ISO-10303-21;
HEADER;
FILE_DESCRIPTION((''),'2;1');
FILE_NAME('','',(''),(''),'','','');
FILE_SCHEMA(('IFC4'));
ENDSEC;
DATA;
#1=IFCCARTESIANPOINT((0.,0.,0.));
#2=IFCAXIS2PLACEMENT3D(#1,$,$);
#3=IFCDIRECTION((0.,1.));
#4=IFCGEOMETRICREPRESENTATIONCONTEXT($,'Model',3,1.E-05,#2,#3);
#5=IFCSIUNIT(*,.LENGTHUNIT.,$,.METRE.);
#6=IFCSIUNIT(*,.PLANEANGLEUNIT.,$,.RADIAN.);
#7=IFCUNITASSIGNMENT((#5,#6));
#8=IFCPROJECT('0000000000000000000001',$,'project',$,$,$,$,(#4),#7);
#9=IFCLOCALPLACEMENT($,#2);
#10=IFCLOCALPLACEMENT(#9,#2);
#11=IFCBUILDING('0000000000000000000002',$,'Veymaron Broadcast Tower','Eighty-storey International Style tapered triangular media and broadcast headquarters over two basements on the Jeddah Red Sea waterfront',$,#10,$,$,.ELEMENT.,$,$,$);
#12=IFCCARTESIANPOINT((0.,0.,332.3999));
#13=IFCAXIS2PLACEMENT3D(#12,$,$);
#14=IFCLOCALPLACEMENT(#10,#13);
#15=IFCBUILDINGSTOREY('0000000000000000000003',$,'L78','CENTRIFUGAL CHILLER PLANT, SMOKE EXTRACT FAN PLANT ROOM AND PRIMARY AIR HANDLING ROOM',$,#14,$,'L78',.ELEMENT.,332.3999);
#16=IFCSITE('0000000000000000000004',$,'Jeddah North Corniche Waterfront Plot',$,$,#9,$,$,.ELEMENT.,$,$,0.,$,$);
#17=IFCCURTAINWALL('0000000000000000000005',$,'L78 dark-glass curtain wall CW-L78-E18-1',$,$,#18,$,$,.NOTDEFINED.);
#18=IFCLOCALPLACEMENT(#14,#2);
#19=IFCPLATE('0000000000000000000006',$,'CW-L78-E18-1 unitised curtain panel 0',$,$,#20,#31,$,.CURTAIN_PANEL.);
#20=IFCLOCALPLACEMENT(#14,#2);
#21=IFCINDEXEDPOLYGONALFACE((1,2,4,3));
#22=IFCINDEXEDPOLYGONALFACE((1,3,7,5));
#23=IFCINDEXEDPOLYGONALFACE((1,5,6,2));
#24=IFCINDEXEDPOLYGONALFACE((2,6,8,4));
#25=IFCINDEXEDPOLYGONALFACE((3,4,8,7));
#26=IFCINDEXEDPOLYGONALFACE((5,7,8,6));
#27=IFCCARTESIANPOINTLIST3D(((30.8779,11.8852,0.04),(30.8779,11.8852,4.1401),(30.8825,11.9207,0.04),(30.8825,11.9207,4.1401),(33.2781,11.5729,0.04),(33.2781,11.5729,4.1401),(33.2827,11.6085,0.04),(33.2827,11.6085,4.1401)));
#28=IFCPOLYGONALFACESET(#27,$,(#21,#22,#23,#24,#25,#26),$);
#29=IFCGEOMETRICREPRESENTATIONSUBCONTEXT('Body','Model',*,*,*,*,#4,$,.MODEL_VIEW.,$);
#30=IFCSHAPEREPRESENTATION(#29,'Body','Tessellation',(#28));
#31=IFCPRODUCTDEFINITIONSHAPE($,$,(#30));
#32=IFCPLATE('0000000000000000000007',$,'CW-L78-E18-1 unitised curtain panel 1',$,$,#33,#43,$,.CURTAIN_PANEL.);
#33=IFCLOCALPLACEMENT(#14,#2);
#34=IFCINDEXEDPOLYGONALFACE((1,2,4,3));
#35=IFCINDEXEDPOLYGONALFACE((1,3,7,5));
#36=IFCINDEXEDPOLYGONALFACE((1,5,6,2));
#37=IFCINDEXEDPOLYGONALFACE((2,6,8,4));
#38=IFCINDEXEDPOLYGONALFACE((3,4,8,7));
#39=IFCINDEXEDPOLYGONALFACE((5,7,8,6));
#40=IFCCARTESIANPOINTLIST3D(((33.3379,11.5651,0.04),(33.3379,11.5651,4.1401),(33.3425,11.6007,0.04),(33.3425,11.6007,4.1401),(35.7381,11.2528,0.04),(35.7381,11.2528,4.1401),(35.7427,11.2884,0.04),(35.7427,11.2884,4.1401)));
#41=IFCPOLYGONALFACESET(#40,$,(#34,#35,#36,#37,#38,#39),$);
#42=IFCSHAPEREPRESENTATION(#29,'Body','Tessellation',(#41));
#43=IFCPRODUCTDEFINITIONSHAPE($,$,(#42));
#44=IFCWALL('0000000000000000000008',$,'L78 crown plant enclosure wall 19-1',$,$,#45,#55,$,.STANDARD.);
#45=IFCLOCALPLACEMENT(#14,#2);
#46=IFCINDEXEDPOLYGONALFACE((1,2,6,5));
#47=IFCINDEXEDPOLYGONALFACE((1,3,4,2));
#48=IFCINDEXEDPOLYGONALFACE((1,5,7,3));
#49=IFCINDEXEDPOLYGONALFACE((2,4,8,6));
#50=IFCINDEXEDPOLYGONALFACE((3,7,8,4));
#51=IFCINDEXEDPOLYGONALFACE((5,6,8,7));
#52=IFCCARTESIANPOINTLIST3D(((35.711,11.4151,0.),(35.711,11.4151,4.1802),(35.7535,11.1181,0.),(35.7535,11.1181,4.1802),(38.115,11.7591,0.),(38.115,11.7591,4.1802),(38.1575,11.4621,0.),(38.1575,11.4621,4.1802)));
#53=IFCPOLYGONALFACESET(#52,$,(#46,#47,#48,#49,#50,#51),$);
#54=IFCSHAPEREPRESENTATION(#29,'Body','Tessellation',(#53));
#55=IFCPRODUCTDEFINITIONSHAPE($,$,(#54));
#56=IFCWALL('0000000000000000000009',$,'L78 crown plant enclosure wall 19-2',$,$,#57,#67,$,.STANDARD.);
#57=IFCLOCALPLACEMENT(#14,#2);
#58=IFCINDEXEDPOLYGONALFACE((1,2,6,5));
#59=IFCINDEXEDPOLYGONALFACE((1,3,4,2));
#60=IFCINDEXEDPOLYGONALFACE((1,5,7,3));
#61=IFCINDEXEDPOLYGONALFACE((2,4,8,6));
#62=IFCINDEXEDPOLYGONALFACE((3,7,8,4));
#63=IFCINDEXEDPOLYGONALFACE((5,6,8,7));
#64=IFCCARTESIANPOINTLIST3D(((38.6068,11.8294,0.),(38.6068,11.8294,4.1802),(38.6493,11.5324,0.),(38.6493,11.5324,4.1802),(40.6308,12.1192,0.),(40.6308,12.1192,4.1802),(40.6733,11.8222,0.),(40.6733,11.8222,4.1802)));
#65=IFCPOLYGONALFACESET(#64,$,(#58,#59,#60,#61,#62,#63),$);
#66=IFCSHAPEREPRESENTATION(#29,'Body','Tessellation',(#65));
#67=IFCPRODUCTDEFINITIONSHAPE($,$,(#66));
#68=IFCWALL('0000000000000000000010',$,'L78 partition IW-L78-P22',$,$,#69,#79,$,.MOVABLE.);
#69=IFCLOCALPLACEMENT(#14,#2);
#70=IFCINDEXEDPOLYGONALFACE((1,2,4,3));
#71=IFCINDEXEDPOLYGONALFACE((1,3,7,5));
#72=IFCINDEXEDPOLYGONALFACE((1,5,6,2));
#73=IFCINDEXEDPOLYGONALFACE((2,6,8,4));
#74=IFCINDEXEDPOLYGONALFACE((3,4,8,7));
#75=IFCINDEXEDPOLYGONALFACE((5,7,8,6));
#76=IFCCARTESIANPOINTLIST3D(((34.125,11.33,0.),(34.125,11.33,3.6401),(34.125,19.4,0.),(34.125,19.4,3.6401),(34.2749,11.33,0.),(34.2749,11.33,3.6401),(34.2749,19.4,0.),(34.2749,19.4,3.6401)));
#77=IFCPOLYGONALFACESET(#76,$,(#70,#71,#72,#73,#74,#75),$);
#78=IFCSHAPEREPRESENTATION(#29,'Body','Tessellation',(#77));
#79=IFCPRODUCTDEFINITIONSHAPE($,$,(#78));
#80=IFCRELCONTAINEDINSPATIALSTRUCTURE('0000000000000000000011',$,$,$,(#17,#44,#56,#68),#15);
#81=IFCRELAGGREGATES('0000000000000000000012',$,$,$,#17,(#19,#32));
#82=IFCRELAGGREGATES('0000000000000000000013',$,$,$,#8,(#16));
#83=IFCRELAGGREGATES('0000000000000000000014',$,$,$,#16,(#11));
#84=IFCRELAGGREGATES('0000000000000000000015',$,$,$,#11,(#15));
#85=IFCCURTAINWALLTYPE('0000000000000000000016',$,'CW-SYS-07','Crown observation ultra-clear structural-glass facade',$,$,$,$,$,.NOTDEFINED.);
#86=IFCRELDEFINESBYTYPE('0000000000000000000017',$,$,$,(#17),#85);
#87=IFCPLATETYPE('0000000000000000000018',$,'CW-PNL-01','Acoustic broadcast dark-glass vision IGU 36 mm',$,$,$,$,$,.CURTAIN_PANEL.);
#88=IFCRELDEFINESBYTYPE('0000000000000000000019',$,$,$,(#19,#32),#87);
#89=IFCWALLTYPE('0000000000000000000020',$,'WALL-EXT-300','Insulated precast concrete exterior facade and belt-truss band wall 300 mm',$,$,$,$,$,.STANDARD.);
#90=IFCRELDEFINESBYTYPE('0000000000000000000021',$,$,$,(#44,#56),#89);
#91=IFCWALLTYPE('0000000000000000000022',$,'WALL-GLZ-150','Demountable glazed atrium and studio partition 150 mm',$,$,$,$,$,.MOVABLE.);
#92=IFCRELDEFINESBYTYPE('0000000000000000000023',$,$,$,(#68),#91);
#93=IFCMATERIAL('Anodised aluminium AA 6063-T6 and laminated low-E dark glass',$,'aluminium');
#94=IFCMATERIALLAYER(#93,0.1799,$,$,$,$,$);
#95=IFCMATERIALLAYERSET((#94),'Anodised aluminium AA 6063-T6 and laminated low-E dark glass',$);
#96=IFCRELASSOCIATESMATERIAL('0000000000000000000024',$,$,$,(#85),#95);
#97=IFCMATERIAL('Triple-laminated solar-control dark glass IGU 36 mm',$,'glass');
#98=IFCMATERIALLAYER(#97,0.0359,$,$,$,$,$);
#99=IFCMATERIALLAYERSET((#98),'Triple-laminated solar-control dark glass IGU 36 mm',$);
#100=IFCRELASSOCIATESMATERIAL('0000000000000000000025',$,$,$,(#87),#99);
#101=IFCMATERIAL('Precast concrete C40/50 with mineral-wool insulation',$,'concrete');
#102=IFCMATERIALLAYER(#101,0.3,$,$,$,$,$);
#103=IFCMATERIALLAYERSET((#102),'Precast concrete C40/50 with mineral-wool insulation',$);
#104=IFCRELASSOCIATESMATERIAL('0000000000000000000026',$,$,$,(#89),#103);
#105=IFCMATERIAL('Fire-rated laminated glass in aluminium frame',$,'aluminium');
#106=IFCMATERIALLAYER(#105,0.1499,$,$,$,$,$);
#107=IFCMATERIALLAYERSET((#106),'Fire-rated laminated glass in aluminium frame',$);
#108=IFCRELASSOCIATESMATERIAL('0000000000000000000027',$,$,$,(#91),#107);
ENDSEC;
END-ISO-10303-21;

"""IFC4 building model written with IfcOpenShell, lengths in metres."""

from ifc_helpers import new_model, si_unit, direction, frame, frame_2d, origin, origin_2d, place, context, subcontext, project, spatial, rectangle, extrude, material, layer, layer_set, type_object, element, aggregate, save


model = new_model("IFC4")

# Units and contexts
model_context = context("Model", 3, precision=1e-05, world=origin(), true_north=direction((0.0, 1.0)))
body_context = subcontext(model_context, "Body", "Model", "MODEL_VIEW")
ifc_project = project(units=[si_unit("LENGTHUNIT", "METRE"), si_unit("PLANEANGLEUNIT", "RADIAN")], contexts=[model_context])

# Site, building, storey
site_placement = place(None, origin())
site = spatial("IfcSite", under=ifc_project, at=site_placement, Name="Jeddah North Corniche Waterfront Plot", CompositionType="ELEMENT", RefElevation=0.0)
building_placement = place(site_placement, origin())
building = spatial("IfcBuilding", under=site, at=building_placement, Name="Veymaron Broadcast Tower", Description="Eighty-storey International Style tapered triangular media and broadcast headquarters over two basements on the Jeddah Red Sea waterfront", CompositionType="ELEMENT")
storey_placement = place(building_placement, frame((0.0, 0.0, 332.3999)))
storey = spatial("IfcBuildingStorey", under=building, at=storey_placement, Name="L78", Description="CENTRIFUGAL CHILLER PLANT, SMOKE EXTRACT FAN PLANT ROOM AND PRIMARY AIR HANDLING ROOM", LongName="L78", CompositionType="ELEMENT", Elevation=332.3999)

# Curtain wall
ifc_material_1 = material(Name="Anodised aluminium AA 6063-T6 and laminated low-E dark glass", Category="aluminium")
ifc_layer_1 = layer(ifc_material_1, 0.1799)
ifc_layer_set_1 = layer_set([ifc_layer_1], Name="Anodised aluminium AA 6063-T6 and laminated low-E dark glass")
curtain_wall_type = type_object("IfcCurtainWallType", Name="CW-SYS-07", Description="Crown observation ultra-clear structural-glass facade", PredefinedType="NOTDEFINED", material=ifc_layer_set_1)
curtain_wall_1_placement = place(storey_placement, origin())
curtain_wall_1 = element("IfcCurtainWall", 1, at=curtain_wall_1_placement, inside=storey, type_object=curtain_wall_type, Name="L78 dark-glass curtain wall CW-L78-E18-1", PredefinedType="NOTDEFINED")

# Plates
ifc_material_2 = material(Name="Triple-laminated solar-control dark glass IGU 36 mm", Category="glass")
ifc_layer_2 = layer(ifc_material_2, 0.0359)
ifc_layer_set_2 = layer_set([ifc_layer_2], Name="Triple-laminated solar-control dark glass IGU 36 mm")
plate_type = type_object("IfcPlateType", Name="CW-PNL-01", Description="Acoustic broadcast dark-glass vision IGU 36 mm", PredefinedType="CURTAIN_PANEL", material=ifc_layer_set_2)
plate_1_placement = place(storey_placement, frame((32.0803, 11.7468, 0.04), z_axis=(0.0, 0.0, 1.0), x_axis=(0.991644, -0.129003, 0.0)))
plate_1 = element("IfcPlate", 2, at=plate_1_placement, type_object=plate_type, Name="CW-L78-E18-1 unitised curtain panel 0", PredefinedType="CURTAIN_PANEL", context=body_context, shape_type="SweptSolid", body=[
    extrude(rectangle(XDim=2.4204, YDim=0.0359, at=origin_2d()), origin(), (0.0, 0.0, 1.0), 4.1001),
])
plate_2_placement = place(storey_placement, frame((34.5403, 11.4268, 0.04), z_axis=(0.0, 0.0, 1.0), x_axis=(0.991644, -0.129003, 0.0)))
plate_2 = element("IfcPlate", 3, at=plate_2_placement, type_object=plate_type, Name="CW-L78-E18-1 unitised curtain panel 1", PredefinedType="CURTAIN_PANEL", context=body_context, shape_type="SweptSolid", body=[
    extrude(rectangle(XDim=2.4204, YDim=0.0359, at=origin_2d()), origin(), (0.0, 0.0, 1.0), 4.1001),
])
aggregate(curtain_wall_1, [plate_1, plate_2])

# Walls
ifc_material_3 = material(Name="Precast concrete C40/50 with mineral-wool insulation", Category="concrete")
ifc_layer_3 = layer(ifc_material_3, 0.3)
ifc_layer_set_3 = layer_set([ifc_layer_3], Name="Precast concrete C40/50 with mineral-wool insulation")
wall_type_1 = type_object("IfcWallType", Name="WALL-EXT-300", Description="Insulated precast concrete exterior facade and belt-truss band wall 300 mm", PredefinedType="STANDARD", material=ifc_layer_set_3)
wall_1_placement = place(storey_placement, frame((35.7322, 11.2666, 0.0), z_axis=(0.0, 0.0, 1.0), x_axis=(0.989917, 0.141647, 0.0)))
element("IfcWall", 4, at=wall_1_placement, inside=storey, type_object=wall_type_1, Name="L78 crown plant enclosure wall 19-1", PredefinedType="STANDARD", context=body_context, shape_type="SweptSolid", body=[
    extrude(rectangle(XDim=2.4285, YDim=0.3, at=frame_2d((1.2144, 0.0))), origin(), (0.0, 0.0, 1.0), 4.1802),
])
wall_2_placement = place(storey_placement, frame((38.6279, 11.6809, 0.0), z_axis=(0.0, 0.0, 1.0), x_axis=(0.989904, 0.141739, 0.0)))
element("IfcWall", 5, at=wall_2_placement, inside=storey, type_object=wall_type_1, Name="L78 crown plant enclosure wall 19-2", PredefinedType="STANDARD", context=body_context, shape_type="SweptSolid", body=[
    extrude(rectangle(XDim=2.0447, YDim=0.3, at=frame_2d((1.0225, 0.0))), origin(), (0.0, 0.0, 1.0), 4.1802),
])
ifc_material_4 = material(Name="Fire-rated laminated glass in aluminium frame", Category="aluminium")
ifc_layer_4 = layer(ifc_material_4, 0.1499)
ifc_layer_set_4 = layer_set([ifc_layer_4], Name="Fire-rated laminated glass in aluminium frame")
wall_type_2 = type_object("IfcWallType", Name="WALL-GLZ-150", Description="Demountable glazed atrium and studio partition 150 mm", PredefinedType="MOVABLE", material=ifc_layer_set_4)
wall_3_placement = place(storey_placement, frame((34.2, 11.3298, 0.0), z_axis=(0.0, 0.0, 1.0), x_axis=(0.0, 1.0, 0.0)))
element("IfcWall", 6, at=wall_3_placement, inside=storey, type_object=wall_type_2, Name="L78 partition IW-L78-P22", PredefinedType="MOVABLE", context=body_context, shape_type="SweptSolid", body=[
    extrude(rectangle(XDim=8.0701, YDim=0.1499, at=frame_2d((4.0352, 0.0))), origin(), (0.0, 0.0, 1.0), 3.6401),
])

save(model, "model.ifc")
